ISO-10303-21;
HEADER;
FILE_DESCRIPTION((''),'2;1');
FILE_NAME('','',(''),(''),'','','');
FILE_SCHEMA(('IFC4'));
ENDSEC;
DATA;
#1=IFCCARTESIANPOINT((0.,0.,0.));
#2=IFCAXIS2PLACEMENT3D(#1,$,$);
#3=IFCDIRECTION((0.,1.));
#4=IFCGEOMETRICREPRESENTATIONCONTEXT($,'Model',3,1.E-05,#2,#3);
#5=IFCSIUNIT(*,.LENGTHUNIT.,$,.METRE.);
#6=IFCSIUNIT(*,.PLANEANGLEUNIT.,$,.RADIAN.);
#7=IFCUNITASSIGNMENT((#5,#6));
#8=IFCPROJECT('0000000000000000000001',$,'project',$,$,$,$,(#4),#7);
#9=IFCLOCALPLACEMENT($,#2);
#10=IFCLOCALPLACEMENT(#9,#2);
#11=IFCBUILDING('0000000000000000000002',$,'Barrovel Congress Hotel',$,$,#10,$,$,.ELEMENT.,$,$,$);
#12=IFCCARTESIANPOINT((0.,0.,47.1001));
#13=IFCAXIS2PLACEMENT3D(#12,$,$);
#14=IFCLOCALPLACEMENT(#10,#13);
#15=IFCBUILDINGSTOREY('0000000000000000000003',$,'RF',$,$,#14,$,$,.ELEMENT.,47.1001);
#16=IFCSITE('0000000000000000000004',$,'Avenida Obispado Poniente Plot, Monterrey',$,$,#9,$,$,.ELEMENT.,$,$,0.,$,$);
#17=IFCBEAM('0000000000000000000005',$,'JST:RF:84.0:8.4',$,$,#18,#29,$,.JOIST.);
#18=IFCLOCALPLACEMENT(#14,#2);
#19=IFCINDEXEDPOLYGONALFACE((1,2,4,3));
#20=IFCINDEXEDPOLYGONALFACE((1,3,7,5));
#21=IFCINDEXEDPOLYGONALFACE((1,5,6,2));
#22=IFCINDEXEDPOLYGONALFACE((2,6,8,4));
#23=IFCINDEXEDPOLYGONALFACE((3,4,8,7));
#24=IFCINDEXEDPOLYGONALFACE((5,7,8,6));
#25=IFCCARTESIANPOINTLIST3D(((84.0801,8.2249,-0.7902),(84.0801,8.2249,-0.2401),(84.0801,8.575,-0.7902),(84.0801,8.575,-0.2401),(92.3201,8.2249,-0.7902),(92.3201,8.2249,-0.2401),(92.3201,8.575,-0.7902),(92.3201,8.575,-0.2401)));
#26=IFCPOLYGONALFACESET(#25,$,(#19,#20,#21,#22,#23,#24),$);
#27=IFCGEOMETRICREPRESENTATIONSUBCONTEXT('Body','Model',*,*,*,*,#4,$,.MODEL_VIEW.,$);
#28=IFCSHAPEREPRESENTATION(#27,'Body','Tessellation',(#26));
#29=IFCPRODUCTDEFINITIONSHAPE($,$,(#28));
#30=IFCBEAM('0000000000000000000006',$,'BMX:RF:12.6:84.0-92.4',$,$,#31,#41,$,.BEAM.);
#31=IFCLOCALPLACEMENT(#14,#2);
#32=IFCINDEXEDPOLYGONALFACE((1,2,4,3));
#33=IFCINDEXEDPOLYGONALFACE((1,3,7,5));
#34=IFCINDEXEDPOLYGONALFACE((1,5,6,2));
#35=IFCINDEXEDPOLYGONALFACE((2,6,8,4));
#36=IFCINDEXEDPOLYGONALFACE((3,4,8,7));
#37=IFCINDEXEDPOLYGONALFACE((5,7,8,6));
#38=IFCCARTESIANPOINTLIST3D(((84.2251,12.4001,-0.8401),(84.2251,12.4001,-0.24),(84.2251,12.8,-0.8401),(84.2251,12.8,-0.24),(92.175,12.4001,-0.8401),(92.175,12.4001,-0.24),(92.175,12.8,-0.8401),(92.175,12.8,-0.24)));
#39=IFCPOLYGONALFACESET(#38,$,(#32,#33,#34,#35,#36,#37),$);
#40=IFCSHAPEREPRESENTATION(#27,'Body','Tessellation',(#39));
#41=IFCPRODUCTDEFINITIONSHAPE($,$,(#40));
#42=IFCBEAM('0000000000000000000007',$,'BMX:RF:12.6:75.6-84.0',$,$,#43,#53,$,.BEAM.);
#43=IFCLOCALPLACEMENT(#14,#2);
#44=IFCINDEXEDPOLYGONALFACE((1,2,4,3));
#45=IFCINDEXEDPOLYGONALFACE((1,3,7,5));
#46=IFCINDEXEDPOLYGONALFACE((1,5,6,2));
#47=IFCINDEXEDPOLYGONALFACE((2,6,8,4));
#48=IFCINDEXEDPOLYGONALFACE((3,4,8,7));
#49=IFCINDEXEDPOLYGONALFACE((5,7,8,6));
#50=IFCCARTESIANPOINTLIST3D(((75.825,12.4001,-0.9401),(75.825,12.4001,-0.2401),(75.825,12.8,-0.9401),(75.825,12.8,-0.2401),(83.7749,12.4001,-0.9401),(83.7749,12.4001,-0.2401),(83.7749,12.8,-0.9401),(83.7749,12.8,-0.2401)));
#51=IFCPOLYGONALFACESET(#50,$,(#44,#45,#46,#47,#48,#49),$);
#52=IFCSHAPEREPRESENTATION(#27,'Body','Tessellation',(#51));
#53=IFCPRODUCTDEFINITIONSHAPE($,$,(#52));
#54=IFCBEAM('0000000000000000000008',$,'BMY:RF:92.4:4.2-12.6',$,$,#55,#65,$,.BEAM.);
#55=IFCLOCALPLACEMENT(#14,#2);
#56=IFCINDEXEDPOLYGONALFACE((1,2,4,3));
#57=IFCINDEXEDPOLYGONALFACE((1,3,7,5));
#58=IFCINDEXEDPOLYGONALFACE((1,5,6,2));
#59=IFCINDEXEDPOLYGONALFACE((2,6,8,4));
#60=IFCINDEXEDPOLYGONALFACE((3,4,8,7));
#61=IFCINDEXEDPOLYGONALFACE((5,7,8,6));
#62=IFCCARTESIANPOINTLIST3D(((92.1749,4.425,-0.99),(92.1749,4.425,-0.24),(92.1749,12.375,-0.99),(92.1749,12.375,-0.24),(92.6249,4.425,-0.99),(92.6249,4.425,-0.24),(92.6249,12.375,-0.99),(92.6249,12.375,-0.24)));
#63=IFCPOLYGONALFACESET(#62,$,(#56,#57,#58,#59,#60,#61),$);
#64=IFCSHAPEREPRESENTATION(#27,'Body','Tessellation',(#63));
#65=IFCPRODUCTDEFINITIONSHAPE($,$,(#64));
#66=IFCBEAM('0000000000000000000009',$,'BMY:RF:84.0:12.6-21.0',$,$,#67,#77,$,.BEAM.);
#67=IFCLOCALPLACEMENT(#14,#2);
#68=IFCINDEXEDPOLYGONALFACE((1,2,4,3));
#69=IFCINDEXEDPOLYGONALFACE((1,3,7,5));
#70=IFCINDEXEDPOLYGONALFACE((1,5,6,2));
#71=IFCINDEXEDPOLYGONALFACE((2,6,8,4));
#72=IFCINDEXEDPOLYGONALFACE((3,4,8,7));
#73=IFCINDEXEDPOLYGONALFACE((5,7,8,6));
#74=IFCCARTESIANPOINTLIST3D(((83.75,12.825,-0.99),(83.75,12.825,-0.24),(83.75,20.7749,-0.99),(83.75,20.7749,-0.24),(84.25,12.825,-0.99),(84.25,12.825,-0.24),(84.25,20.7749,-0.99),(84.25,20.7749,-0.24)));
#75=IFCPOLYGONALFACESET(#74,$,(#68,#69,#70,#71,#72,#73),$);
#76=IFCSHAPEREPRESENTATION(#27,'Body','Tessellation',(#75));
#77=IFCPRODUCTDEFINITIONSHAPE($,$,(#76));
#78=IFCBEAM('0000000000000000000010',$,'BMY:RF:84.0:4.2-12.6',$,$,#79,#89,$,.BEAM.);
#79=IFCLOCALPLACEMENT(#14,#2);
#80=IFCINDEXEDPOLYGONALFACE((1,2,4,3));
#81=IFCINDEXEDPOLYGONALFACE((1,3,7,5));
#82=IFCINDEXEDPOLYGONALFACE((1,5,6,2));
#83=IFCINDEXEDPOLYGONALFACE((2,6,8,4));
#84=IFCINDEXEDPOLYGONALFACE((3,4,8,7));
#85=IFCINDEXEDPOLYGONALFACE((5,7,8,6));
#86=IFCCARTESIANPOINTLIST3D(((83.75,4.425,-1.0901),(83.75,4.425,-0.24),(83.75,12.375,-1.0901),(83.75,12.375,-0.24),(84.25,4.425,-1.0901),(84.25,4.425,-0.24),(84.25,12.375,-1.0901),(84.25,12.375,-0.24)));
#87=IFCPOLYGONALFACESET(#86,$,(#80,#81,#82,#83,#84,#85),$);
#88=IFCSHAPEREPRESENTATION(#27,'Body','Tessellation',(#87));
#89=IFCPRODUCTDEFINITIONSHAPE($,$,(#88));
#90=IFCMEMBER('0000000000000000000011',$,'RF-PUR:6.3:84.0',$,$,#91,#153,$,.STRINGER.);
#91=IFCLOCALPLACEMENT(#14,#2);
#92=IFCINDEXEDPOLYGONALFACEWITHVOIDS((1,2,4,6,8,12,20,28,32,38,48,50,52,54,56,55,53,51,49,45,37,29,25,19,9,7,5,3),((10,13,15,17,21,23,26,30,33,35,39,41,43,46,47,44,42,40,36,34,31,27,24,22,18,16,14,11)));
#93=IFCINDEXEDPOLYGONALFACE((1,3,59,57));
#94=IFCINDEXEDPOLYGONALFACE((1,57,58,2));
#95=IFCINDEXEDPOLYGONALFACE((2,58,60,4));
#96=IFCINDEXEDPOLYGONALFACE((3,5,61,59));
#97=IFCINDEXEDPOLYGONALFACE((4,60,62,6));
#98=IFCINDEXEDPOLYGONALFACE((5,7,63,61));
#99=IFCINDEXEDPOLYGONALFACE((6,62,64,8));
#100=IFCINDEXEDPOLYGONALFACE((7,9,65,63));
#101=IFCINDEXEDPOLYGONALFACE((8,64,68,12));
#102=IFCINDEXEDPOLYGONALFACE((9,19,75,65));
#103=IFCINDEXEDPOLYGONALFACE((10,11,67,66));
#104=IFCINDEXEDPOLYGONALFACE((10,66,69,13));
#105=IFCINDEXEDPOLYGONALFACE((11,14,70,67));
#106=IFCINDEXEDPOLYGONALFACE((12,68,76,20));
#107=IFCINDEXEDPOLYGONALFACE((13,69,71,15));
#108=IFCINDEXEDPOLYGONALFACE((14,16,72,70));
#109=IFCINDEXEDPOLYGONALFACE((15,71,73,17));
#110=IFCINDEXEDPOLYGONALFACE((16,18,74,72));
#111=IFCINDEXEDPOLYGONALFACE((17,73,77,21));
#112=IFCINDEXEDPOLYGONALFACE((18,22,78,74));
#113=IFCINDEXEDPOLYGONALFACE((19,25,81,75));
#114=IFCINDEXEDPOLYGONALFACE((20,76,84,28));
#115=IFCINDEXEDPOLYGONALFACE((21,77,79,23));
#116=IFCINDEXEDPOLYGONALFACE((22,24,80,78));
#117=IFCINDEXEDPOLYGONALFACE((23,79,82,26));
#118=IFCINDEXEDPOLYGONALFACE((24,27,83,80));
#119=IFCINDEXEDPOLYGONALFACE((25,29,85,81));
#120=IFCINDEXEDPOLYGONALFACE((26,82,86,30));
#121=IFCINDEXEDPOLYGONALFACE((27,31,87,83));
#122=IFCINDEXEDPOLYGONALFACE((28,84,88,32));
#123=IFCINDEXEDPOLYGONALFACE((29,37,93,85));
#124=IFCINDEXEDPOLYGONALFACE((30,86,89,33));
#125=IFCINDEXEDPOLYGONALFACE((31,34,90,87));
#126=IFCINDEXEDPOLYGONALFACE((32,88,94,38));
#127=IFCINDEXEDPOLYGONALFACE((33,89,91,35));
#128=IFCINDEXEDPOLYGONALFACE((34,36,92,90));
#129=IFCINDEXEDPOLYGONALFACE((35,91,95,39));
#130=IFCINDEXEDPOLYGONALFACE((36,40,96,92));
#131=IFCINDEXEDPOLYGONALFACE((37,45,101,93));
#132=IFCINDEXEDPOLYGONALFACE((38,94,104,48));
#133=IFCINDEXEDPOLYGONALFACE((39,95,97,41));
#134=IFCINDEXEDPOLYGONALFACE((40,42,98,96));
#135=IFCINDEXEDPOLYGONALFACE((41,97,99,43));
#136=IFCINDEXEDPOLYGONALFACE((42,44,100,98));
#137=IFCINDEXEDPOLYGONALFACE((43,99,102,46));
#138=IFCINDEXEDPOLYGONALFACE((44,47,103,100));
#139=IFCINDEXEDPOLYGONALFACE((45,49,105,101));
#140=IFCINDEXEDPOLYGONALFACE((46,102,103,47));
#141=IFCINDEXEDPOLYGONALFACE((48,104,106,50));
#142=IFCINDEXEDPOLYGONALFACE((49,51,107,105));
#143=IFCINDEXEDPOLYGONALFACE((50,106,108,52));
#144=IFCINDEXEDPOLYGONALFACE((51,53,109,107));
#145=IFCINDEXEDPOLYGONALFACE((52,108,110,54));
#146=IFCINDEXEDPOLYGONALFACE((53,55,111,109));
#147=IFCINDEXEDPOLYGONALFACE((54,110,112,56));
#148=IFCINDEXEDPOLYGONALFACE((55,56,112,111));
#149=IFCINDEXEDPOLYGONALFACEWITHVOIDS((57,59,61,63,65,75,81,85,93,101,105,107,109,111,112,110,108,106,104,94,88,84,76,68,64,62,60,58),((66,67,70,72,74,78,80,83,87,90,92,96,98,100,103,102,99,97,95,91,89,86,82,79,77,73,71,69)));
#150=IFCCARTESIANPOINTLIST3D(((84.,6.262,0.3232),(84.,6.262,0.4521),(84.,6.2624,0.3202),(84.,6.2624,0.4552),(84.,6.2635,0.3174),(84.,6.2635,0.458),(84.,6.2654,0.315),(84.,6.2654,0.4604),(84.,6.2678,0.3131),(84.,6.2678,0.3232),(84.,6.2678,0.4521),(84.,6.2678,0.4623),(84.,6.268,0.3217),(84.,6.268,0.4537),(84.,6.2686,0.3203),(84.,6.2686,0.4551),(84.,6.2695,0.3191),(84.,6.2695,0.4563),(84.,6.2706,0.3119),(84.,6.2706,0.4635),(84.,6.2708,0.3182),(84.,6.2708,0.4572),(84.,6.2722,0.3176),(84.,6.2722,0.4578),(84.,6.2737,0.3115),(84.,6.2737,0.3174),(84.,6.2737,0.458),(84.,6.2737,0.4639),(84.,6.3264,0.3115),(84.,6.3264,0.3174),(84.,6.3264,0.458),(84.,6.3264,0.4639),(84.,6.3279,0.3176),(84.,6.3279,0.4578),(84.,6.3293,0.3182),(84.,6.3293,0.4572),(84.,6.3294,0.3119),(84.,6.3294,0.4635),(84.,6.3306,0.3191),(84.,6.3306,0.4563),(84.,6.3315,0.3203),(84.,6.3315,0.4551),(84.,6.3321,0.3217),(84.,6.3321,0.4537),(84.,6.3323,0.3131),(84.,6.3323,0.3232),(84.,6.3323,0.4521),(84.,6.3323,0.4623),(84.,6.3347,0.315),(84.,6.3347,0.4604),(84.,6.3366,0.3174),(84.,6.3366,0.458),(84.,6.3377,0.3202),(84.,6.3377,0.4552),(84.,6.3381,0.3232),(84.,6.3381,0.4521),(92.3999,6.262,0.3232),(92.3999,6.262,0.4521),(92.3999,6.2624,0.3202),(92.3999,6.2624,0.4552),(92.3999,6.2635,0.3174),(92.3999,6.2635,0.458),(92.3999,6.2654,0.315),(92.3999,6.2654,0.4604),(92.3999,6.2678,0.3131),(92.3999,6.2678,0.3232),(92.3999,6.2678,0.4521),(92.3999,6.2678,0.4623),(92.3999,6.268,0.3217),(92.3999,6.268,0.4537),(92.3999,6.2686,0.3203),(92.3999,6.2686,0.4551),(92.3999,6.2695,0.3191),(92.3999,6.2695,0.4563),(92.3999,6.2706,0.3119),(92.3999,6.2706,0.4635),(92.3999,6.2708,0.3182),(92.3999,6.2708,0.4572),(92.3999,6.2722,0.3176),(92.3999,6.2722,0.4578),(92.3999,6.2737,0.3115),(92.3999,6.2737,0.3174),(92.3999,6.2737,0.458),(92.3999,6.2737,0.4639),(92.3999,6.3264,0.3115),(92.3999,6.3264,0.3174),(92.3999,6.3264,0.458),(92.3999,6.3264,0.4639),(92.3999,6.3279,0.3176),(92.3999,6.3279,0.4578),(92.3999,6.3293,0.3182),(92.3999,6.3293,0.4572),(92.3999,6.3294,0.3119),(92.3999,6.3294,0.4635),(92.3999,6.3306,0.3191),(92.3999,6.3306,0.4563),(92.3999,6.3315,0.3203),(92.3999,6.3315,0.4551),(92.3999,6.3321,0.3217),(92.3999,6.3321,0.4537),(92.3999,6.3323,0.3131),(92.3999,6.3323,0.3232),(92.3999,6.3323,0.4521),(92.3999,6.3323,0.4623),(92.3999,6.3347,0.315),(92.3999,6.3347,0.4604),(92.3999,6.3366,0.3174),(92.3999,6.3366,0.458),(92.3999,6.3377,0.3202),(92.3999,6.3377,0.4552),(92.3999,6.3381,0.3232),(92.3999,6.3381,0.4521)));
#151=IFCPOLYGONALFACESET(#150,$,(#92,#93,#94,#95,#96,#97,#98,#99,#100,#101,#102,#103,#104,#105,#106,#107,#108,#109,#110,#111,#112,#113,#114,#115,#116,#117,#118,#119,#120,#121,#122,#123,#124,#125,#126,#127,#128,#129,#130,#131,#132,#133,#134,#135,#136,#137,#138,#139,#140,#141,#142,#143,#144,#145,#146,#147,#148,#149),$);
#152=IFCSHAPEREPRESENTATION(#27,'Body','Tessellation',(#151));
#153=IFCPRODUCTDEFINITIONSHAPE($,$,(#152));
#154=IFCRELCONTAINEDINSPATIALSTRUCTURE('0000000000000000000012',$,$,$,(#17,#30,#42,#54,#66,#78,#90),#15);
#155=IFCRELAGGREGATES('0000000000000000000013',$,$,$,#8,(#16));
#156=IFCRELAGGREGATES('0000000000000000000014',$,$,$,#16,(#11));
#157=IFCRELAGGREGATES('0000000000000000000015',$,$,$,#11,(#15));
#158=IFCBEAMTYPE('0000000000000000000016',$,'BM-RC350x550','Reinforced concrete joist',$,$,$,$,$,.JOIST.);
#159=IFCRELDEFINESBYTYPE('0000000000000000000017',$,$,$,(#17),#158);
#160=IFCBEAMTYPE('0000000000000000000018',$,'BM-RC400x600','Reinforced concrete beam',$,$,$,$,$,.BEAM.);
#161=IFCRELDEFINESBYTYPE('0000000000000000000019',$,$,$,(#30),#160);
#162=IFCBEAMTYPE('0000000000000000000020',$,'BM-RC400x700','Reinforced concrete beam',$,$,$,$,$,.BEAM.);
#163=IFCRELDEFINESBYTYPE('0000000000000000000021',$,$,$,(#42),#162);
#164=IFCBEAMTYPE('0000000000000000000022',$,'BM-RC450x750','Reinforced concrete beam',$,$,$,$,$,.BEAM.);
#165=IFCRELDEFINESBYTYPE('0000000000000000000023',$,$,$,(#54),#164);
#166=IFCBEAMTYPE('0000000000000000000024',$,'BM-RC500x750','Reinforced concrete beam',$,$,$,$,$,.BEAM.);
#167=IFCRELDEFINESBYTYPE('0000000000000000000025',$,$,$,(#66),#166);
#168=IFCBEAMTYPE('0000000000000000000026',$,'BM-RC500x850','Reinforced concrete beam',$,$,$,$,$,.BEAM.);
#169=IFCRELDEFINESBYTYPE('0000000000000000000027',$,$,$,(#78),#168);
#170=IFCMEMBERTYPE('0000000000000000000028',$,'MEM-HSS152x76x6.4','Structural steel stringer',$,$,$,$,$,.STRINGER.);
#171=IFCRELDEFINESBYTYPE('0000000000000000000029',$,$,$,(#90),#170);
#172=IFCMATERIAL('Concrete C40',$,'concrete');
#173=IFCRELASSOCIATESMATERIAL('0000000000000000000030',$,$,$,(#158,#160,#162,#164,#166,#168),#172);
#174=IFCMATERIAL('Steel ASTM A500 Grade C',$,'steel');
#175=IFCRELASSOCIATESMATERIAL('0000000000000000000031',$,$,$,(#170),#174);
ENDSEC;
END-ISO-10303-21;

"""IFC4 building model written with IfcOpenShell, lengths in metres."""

from ifc_helpers import new_model, si_unit, direction, frame, origin, origin_2d, place, context, subcontext, project, spatial, rectangle, hollow_rectangle, extrude, material, material_profile, profile_set, type_object, element, save


model = new_model("IFC4")

# Units and contexts
model_context = context("Model", 3, precision=1e-05, world=origin(), true_north=direction((0.0, 1.0)))
body_context = subcontext(model_context, "Body", "Model", "MODEL_VIEW")
ifc_project = project(units=[si_unit("LENGTHUNIT", "METRE"), si_unit("PLANEANGLEUNIT", "RADIAN")], contexts=[model_context])

# Site, building, storey
site_placement = place(None, origin())
site = spatial("IfcSite", under=ifc_project, at=site_placement, Name="Avenida Obispado Poniente Plot, Monterrey", CompositionType="ELEMENT", RefElevation=0.0)
building_placement = place(site_placement, origin())
building = spatial("IfcBuilding", under=site, at=building_placement, Name="Barrovel Congress Hotel", CompositionType="ELEMENT")
storey_placement = place(building_placement, frame((0.0, 0.0, 47.1001)))
storey = spatial("IfcBuildingStorey", under=building, at=storey_placement, Name="RF", CompositionType="ELEMENT", Elevation=47.1001)

# Beams
ifc_material_1 = material(Name="Concrete C40", Category="concrete")
ifc_material_profile_1 = material_profile(ifc_material_1, rectangle(XDim=0.3501, YDim=0.55, at=origin_2d()), Name="RC350x550")
ifc_profile_set_1 = profile_set([ifc_material_profile_1], Name="Concrete C40")
beam_type_1 = type_object("IfcBeamType", Name="BM-RC350x550", Description="Reinforced concrete joist", PredefinedType="JOIST", material=ifc_profile_set_1)
beam_1_placement = place(storey_placement, frame((84.0801, 8.3999, -0.5151), z_axis=(1.0, 0.0, 0.0), x_axis=(0.0, 1.0, 0.0)))
element("IfcBeam", 1, at=beam_1_placement, inside=storey, type_object=beam_type_1, Name="JST:RF:84.0:8.4", PredefinedType="JOIST", context=body_context, shape_type="SweptSolid", body=[
    extrude(rectangle(XDim=0.3501, YDim=0.55, at=origin_2d()), origin(), (0.0, 0.0, 1.0), 8.24),
])
ifc_material_profile_2 = material_profile(ifc_material_1, rectangle(XDim=0.3999, YDim=0.6001, at=origin_2d()), Name="RC400x600")
ifc_profile_set_2 = profile_set([ifc_material_profile_2], Name="Concrete C40")
beam_type_2 = type_object("IfcBeamType", Name="BM-RC400x600", Description="Reinforced concrete beam", PredefinedType="BEAM", material=ifc_profile_set_2)
beam_2_placement = place(storey_placement, frame((84.2251, 12.6001, -0.54), z_axis=(1.0, 0.0, 0.0), x_axis=(0.0, 1.0, 0.0)))
element("IfcBeam", 2, at=beam_2_placement, inside=storey, type_object=beam_type_2, Name="BMX:RF:12.6:84.0-92.4", PredefinedType="BEAM", context=body_context, shape_type="SweptSolid", body=[
    extrude(rectangle(XDim=0.3999, YDim=0.6001, at=origin_2d()), origin(), (0.0, 0.0, 1.0), 7.95),
])
ifc_material_profile_3 = material_profile(ifc_material_1, rectangle(XDim=0.3999, YDim=0.7, at=origin_2d()), Name="RC400x700")
ifc_profile_set_3 = profile_set([ifc_material_profile_3], Name="Concrete C40")
beam_type_3 = type_object("IfcBeamType", Name="BM-RC400x700", Description="Reinforced concrete beam", PredefinedType="BEAM", material=ifc_profile_set_3)
beam_3_placement = place(storey_placement, frame((75.825, 12.6001, -0.5901), z_axis=(1.0, 0.0, 0.0), x_axis=(0.0, 1.0, 0.0)))
element("IfcBeam", 3, at=beam_3_placement, inside=storey, type_object=beam_type_3, Name="BMX:RF:12.6:75.6-84.0", PredefinedType="BEAM", context=body_context, shape_type="SweptSolid", body=[
    extrude(rectangle(XDim=0.3999, YDim=0.7, at=origin_2d()), origin(), (0.0, 0.0, 1.0), 7.95),
])
ifc_material_profile_4 = material_profile(ifc_material_1, rectangle(XDim=0.45, YDim=0.75, at=origin_2d()), Name="RC450x750")
ifc_profile_set_4 = profile_set([ifc_material_profile_4], Name="Concrete C40")
beam_type_4 = type_object("IfcBeamType", Name="BM-RC450x750", Description="Reinforced concrete beam", PredefinedType="BEAM", material=ifc_profile_set_4)
beam_4_placement = place(storey_placement, frame((92.3999, 4.425, -0.615), z_axis=(0.0, 1.0, 0.0), x_axis=(-1.0, 0.0, 0.0)))
element("IfcBeam", 4, at=beam_4_placement, inside=storey, type_object=beam_type_4, Name="BMY:RF:92.4:4.2-12.6", PredefinedType="BEAM", context=body_context, shape_type="SweptSolid", body=[
    extrude(rectangle(XDim=0.45, YDim=0.75, at=origin_2d()), origin(), (0.0, 0.0, 1.0), 7.95),
])
ifc_material_profile_5 = material_profile(ifc_material_1, rectangle(XDim=0.5, YDim=0.75, at=origin_2d()), Name="RC500x750")
ifc_profile_set_5 = profile_set([ifc_material_profile_5], Name="Concrete C40")
beam_type_5 = type_object("IfcBeamType", Name="BM-RC500x750", Description="Reinforced concrete beam", PredefinedType="BEAM", material=ifc_profile_set_5)
beam_5_placement = place(storey_placement, frame((84.0, 12.825, -0.615), z_axis=(0.0, 1.0, 0.0), x_axis=(-1.0, 0.0, 0.0)))
element("IfcBeam", 5, at=beam_5_placement, inside=storey, type_object=beam_type_5, Name="BMY:RF:84.0:12.6-21.0", PredefinedType="BEAM", context=body_context, shape_type="SweptSolid", body=[
    extrude(rectangle(XDim=0.5, YDim=0.75, at=origin_2d()), origin(), (0.0, 0.0, 1.0), 7.95),
])
ifc_material_profile_6 = material_profile(ifc_material_1, rectangle(XDim=0.5, YDim=0.8501, at=origin_2d()), Name="RC500x850")
ifc_profile_set_6 = profile_set([ifc_material_profile_6], Name="Concrete C40")
beam_type_6 = type_object("IfcBeamType", Name="BM-RC500x850", Description="Reinforced concrete beam", PredefinedType="BEAM", material=ifc_profile_set_6)
beam_6_placement = place(storey_placement, frame((84.0, 4.425, -0.665), z_axis=(0.0, 1.0, 0.0), x_axis=(-1.0, 0.0, 0.0)))
element("IfcBeam", 6, at=beam_6_placement, inside=storey, type_object=beam_type_6, Name="BMY:RF:84.0:4.2-12.6", PredefinedType="BEAM", context=body_context, shape_type="SweptSolid", body=[
    extrude(rectangle(XDim=0.5, YDim=0.8501, at=origin_2d()), origin(), (0.0, 0.0, 1.0), 7.95),
])

# Member
ifc_material_2 = material(Name="Steel ASTM A500 Grade C", Category="steel")
ifc_material_profile_7 = material_profile(ifc_material_2, hollow_rectangle(XDim=0.0762, YDim=0.1523, WallThickness=0.0059, InnerFilletRadius=0.0059, OuterFilletRadius=0.0117, at=origin_2d()), Name="HSS152x76x6.4")
ifc_profile_set_7 = profile_set([ifc_material_profile_7], Name="Steel ASTM A500 Grade C")
member_type_1 = type_object("IfcMemberType", Name="MEM-HSS152x76x6.4", Description="Structural steel stringer", PredefinedType="STRINGER", material=ifc_profile_set_7)
member_1_placement = place(storey_placement, frame((84.0, 6.3, 0.3877), z_axis=(1.0, 0.0, 0.0), x_axis=(0.0, 1.0, 0.0)))
element("IfcMember", 7, at=member_1_placement, inside=storey, type_object=member_type_1, Name="RF-PUR:6.3:84.0", PredefinedType="STRINGER", context=body_context, shape_type="SweptSolid", body=[
    extrude(hollow_rectangle(XDim=0.0762, YDim=0.1523, WallThickness=0.0059, InnerFilletRadius=0.0059, OuterFilletRadius=0.0117, at=origin_2d()), origin(), (0.0, 0.0, 1.0), 8.3999),
])

save(model, "model.ifc")
